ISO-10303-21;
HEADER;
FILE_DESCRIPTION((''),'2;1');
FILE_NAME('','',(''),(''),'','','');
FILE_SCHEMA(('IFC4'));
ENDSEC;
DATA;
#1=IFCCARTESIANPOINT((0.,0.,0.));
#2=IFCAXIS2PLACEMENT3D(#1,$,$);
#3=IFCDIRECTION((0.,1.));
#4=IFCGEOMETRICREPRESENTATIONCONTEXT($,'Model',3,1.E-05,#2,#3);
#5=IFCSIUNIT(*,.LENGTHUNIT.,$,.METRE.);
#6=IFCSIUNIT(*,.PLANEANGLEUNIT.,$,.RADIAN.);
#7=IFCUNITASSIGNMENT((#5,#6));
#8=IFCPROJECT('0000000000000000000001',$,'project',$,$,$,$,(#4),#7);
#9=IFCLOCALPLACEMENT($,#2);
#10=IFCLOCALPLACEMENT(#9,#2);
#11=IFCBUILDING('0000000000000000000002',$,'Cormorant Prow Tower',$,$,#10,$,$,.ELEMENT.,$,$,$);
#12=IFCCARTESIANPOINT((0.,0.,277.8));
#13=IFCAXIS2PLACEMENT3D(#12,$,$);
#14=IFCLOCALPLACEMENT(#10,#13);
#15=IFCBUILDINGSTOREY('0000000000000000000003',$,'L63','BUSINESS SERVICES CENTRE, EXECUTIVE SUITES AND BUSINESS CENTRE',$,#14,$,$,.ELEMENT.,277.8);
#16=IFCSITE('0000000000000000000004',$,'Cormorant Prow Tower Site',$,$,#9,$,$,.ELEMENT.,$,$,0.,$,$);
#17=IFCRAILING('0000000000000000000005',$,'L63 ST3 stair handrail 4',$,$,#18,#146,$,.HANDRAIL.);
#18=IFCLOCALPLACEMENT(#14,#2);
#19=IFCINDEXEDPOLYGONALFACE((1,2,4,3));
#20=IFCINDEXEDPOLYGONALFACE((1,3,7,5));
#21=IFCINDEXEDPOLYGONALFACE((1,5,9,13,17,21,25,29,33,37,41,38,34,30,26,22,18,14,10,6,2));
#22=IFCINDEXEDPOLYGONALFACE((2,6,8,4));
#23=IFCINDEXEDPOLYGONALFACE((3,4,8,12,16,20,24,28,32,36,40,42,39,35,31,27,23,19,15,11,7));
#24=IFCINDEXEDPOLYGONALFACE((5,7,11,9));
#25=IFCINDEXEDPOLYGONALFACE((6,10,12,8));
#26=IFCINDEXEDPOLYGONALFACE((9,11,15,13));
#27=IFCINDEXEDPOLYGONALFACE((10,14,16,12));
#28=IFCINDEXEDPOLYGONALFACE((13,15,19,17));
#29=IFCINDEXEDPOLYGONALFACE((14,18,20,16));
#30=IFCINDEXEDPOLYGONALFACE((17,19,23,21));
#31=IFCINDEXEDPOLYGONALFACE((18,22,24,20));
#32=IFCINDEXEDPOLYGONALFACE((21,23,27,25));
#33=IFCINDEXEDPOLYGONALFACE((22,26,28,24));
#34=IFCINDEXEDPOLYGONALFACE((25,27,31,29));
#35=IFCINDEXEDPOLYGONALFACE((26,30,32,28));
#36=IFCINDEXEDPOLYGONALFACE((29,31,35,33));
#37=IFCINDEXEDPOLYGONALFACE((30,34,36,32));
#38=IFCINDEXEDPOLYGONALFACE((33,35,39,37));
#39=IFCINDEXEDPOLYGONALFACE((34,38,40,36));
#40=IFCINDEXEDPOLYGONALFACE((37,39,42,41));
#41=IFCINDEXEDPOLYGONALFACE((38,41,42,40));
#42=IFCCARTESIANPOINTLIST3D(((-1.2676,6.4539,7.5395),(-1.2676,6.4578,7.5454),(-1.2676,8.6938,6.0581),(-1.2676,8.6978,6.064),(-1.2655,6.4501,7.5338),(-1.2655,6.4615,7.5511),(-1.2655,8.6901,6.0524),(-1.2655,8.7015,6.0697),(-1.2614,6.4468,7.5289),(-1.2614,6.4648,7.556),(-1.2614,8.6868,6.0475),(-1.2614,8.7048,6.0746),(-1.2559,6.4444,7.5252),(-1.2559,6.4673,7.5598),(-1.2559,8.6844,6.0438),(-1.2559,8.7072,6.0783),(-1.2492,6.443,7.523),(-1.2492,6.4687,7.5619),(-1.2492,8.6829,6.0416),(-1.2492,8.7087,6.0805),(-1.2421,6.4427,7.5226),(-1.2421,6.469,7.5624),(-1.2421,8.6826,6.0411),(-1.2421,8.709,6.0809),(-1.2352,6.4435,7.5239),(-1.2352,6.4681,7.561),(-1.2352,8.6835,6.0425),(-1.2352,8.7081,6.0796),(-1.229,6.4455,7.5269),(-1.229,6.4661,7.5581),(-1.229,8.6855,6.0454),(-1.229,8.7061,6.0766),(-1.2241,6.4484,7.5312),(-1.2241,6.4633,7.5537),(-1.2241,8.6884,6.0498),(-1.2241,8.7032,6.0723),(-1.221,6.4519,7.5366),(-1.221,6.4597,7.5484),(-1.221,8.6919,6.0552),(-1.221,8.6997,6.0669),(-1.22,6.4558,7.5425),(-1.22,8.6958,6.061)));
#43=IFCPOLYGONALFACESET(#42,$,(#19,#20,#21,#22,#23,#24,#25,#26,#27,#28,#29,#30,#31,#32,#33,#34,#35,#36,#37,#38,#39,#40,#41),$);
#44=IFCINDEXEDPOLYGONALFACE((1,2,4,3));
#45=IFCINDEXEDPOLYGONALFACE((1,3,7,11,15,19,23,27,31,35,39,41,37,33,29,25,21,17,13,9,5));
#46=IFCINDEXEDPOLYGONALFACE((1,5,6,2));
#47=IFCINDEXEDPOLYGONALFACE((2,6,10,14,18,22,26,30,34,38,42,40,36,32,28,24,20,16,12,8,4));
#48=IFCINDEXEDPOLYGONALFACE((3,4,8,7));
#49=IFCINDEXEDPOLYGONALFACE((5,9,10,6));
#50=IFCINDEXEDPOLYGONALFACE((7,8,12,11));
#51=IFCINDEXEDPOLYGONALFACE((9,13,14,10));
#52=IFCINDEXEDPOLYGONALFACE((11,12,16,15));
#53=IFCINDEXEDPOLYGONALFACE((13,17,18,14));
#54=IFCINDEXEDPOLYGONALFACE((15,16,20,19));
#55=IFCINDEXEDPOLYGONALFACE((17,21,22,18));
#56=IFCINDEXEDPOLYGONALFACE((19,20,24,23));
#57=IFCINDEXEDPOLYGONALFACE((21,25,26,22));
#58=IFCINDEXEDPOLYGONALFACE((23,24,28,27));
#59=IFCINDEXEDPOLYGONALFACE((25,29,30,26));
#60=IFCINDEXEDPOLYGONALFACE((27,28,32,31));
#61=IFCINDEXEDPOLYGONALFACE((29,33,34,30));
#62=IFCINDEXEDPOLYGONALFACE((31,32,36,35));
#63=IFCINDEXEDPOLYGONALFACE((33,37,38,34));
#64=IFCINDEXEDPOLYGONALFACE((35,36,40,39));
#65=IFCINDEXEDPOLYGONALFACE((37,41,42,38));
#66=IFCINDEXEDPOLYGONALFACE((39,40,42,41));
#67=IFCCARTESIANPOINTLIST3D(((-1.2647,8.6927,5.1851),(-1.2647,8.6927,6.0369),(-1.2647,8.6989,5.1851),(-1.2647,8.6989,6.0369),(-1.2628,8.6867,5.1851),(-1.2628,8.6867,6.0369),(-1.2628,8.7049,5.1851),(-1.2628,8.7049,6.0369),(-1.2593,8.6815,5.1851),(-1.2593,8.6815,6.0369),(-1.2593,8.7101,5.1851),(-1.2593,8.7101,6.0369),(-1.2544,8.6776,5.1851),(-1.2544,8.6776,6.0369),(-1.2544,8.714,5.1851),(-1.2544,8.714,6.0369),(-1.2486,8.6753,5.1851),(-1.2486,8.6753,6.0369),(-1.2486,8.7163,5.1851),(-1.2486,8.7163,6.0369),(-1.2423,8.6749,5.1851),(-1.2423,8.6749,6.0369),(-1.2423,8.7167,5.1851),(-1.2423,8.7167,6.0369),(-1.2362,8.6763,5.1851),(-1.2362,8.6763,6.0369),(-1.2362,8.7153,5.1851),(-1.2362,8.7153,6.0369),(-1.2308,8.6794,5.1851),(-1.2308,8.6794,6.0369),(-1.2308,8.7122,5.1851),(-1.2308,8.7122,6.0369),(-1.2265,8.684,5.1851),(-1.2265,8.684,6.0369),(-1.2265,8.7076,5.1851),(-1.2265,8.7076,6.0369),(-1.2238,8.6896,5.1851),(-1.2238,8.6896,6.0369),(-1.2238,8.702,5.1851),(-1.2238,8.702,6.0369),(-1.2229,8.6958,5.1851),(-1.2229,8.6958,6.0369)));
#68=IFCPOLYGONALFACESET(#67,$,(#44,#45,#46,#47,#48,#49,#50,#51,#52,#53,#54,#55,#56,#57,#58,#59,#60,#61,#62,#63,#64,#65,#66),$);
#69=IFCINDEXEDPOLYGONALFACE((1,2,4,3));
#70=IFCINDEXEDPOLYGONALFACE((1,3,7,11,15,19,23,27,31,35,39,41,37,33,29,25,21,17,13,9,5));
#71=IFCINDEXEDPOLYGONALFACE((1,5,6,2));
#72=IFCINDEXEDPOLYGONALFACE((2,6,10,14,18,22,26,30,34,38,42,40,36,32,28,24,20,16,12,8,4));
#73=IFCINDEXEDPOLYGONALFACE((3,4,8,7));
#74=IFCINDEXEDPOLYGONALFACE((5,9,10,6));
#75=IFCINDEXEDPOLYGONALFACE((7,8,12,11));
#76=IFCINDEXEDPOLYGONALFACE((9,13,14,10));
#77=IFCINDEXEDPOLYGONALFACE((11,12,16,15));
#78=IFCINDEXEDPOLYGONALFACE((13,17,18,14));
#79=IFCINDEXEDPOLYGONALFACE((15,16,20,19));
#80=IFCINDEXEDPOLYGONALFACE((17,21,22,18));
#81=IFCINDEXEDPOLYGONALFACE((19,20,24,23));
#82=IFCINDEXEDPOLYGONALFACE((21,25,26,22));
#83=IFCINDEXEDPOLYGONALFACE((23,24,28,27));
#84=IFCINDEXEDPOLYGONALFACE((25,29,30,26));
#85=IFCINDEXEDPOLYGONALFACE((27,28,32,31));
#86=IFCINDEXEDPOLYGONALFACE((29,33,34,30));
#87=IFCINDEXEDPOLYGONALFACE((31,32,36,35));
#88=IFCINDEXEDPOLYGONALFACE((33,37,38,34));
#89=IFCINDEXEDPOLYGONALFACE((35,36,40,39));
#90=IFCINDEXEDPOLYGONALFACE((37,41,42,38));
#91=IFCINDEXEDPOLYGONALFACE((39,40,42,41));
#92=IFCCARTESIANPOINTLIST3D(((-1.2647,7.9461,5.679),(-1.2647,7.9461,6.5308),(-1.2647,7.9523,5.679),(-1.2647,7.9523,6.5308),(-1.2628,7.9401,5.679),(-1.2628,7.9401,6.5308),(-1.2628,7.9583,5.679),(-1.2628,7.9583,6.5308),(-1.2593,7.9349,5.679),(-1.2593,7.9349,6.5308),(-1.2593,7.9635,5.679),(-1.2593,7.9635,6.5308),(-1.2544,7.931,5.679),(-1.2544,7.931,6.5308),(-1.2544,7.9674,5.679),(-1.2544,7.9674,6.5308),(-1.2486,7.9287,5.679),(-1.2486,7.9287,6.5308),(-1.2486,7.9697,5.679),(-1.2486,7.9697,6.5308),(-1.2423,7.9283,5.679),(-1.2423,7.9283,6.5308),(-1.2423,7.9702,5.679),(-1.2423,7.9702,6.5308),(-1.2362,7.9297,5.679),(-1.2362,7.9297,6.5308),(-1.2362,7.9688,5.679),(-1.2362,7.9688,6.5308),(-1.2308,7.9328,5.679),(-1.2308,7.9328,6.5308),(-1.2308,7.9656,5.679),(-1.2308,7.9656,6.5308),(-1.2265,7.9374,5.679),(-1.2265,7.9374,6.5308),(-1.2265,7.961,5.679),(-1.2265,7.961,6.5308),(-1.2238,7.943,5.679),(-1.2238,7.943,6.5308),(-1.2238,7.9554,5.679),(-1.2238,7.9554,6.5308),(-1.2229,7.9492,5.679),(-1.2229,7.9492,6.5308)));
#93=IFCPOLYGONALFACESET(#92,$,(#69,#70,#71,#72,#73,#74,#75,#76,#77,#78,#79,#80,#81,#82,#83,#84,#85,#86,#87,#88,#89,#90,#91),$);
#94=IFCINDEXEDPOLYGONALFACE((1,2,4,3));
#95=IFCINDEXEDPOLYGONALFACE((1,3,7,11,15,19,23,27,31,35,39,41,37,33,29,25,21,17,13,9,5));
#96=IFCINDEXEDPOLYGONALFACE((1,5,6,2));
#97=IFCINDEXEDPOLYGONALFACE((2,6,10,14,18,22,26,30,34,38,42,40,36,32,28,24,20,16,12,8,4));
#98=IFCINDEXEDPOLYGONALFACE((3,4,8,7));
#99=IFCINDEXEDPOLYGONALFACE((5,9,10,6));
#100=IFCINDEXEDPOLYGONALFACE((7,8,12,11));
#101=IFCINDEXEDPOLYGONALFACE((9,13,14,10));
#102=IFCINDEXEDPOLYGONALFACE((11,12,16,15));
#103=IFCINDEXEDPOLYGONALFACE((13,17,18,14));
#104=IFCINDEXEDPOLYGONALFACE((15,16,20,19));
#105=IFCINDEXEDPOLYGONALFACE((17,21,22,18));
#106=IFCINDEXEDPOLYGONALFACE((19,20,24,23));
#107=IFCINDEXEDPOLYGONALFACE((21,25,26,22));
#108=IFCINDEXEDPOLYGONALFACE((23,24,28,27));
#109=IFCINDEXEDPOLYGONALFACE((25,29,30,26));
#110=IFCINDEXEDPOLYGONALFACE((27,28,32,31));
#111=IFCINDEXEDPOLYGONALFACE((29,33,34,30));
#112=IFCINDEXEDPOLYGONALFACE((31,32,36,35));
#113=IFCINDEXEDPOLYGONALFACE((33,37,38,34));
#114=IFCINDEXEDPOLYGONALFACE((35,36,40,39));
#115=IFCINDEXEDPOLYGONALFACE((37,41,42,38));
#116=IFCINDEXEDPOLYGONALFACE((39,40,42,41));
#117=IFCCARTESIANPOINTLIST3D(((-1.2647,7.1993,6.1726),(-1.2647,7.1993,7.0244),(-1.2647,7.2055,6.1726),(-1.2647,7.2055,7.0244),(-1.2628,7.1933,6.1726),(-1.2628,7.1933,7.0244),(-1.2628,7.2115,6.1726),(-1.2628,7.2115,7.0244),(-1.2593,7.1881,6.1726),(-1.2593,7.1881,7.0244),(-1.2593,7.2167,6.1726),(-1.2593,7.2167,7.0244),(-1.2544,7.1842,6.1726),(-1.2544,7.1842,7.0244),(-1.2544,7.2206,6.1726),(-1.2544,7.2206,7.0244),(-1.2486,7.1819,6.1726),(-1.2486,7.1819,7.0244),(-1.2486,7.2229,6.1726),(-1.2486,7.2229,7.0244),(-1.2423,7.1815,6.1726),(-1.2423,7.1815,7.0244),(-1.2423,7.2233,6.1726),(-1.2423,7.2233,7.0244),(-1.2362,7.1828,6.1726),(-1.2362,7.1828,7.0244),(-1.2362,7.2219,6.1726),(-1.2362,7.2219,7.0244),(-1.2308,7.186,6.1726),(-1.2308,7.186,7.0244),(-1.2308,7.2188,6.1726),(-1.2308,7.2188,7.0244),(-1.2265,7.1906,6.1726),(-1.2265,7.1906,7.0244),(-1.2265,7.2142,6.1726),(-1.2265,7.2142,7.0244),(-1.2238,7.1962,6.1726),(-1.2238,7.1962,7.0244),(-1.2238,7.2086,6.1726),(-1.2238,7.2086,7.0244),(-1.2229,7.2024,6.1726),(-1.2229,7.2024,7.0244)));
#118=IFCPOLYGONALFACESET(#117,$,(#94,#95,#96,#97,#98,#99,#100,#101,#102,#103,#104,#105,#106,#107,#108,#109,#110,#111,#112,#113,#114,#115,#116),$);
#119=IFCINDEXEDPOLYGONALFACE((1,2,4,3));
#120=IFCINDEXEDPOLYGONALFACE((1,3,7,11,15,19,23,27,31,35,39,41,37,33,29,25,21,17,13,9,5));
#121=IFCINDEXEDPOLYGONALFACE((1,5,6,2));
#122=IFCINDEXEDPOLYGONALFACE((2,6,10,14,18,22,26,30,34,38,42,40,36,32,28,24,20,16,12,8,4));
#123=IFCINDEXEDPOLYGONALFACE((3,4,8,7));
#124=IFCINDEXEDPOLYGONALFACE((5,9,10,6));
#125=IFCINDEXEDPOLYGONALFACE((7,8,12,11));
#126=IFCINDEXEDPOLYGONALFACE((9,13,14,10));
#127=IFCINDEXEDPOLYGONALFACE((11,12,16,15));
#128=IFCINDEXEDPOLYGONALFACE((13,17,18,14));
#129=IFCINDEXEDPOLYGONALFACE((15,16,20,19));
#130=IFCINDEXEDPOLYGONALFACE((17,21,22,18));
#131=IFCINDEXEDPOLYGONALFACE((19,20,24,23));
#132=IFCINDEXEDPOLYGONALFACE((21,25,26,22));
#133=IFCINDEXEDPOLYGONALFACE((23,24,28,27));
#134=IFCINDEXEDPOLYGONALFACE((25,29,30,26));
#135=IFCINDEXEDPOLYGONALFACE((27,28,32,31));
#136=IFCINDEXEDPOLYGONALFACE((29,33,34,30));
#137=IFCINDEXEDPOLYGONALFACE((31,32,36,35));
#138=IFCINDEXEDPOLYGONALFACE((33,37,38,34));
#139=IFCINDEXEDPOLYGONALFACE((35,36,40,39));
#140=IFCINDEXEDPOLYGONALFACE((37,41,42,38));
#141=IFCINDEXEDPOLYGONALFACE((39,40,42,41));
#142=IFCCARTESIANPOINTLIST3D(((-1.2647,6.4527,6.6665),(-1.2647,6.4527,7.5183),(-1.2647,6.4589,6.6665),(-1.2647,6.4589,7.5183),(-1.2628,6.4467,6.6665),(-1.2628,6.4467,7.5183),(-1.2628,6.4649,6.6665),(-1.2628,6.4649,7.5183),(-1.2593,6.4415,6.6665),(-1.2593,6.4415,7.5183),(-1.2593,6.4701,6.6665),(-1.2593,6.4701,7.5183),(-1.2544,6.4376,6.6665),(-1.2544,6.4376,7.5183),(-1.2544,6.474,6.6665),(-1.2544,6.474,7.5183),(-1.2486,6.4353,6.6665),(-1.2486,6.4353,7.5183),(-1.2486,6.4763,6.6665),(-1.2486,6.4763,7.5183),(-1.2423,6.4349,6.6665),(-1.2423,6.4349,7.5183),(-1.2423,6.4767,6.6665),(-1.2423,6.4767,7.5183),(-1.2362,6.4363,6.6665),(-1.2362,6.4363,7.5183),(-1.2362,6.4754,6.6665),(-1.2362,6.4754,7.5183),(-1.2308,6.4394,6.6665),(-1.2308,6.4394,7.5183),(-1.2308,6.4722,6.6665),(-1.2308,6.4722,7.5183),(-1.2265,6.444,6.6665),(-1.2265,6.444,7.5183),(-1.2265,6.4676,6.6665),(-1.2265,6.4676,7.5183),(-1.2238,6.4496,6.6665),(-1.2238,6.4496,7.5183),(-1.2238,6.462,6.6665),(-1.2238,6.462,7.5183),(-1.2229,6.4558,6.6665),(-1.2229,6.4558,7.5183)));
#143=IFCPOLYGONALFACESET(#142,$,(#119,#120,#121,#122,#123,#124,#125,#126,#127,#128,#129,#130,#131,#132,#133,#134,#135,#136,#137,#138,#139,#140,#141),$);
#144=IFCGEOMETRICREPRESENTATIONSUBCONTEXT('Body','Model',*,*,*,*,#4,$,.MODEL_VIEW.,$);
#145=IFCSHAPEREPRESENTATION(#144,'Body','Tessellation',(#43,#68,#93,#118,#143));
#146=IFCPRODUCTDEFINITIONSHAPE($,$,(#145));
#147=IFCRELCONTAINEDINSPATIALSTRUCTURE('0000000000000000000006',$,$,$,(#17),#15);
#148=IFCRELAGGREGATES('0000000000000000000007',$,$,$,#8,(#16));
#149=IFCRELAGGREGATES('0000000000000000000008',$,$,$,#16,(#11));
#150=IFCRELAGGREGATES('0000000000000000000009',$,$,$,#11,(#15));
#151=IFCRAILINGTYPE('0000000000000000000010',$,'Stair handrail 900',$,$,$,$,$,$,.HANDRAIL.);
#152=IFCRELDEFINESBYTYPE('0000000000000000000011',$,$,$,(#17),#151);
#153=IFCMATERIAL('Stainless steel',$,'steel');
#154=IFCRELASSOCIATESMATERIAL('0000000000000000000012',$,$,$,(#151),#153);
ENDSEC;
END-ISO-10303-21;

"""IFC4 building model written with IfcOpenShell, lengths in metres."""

from ifc_helpers import new_model, si_unit, direction, frame, origin, origin_2d, place, context, subcontext, project, spatial, circle, extrude, material, type_object, element, save


model = new_model("IFC4")

# Units and contexts
model_context = context("Model", 3, precision=1e-05, world=origin(), true_north=direction((0.0, 1.0)))
body_context = subcontext(model_context, "Body", "Model", "MODEL_VIEW")
ifc_project = project(units=[si_unit("LENGTHUNIT", "METRE"), si_unit("PLANEANGLEUNIT", "RADIAN")], contexts=[model_context])

# Site, building, storey
site_placement = place(None, origin())
site = spatial("IfcSite", under=ifc_project, at=site_placement, Name="Cormorant Prow Tower Site", CompositionType="ELEMENT", RefElevation=0.0)
building_placement = place(site_placement, origin())
building = spatial("IfcBuilding", under=site, at=building_placement, Name="Cormorant Prow Tower", CompositionType="ELEMENT")
storey_placement = place(building_placement, frame((0.0, 0.0, 277.8)))
storey = spatial("IfcBuildingStorey", under=building, at=storey_placement, Name="L63", Description="BUSINESS SERVICES CENTRE, EXECUTIVE SUITES AND BUSINESS CENTRE", CompositionType="ELEMENT", Elevation=277.8)

# Railing
ifc_material_1 = material(Name="Stainless steel", Category="steel")
railing_type = type_object("IfcRailingType", Name="Stair handrail 900", PredefinedType="HANDRAIL", material=ifc_material_1)
for number, where, name in (
    (1, (-1.2439, 8.6958, 5.1851), "L63 ST3 stair handrail 4"),
):
    element("IfcRailing", number, at=place(storey_placement, frame(where)), inside=storey, type_object=railing_type, Name=name, PredefinedType="HANDRAIL", context=body_context, shape_type="SweptSolid", body=[
        extrude(circle(Radius=0.0239, at=origin_2d()), frame((0.0, 0.0, 0.876), z_axis=(0.0, -0.834087, 0.551634), x_axis=(1.0, 0.0, 0.0)), (0.0, 0.0, 1.0), 2.6855),
        extrude(circle(Radius=0.021, at=origin_2d()), origin(), (0.0, 0.0, 1.0), 0.8518),
        extrude(circle(Radius=0.021, at=origin_2d()), frame((0.0, -0.7466, 0.4939)), (0.0, 0.0, 1.0), 0.8518),
        extrude(circle(Radius=0.021, at=origin_2d()), frame((0.0, -1.4934, 0.9875)), (0.0, 0.0, 1.0), 0.8518),
        extrude(circle(Radius=0.021, at=origin_2d()), frame((0.0, -2.24, 1.4814)), (0.0, 0.0, 1.0), 0.8518),
    ])

save(model, "model.ifc")
